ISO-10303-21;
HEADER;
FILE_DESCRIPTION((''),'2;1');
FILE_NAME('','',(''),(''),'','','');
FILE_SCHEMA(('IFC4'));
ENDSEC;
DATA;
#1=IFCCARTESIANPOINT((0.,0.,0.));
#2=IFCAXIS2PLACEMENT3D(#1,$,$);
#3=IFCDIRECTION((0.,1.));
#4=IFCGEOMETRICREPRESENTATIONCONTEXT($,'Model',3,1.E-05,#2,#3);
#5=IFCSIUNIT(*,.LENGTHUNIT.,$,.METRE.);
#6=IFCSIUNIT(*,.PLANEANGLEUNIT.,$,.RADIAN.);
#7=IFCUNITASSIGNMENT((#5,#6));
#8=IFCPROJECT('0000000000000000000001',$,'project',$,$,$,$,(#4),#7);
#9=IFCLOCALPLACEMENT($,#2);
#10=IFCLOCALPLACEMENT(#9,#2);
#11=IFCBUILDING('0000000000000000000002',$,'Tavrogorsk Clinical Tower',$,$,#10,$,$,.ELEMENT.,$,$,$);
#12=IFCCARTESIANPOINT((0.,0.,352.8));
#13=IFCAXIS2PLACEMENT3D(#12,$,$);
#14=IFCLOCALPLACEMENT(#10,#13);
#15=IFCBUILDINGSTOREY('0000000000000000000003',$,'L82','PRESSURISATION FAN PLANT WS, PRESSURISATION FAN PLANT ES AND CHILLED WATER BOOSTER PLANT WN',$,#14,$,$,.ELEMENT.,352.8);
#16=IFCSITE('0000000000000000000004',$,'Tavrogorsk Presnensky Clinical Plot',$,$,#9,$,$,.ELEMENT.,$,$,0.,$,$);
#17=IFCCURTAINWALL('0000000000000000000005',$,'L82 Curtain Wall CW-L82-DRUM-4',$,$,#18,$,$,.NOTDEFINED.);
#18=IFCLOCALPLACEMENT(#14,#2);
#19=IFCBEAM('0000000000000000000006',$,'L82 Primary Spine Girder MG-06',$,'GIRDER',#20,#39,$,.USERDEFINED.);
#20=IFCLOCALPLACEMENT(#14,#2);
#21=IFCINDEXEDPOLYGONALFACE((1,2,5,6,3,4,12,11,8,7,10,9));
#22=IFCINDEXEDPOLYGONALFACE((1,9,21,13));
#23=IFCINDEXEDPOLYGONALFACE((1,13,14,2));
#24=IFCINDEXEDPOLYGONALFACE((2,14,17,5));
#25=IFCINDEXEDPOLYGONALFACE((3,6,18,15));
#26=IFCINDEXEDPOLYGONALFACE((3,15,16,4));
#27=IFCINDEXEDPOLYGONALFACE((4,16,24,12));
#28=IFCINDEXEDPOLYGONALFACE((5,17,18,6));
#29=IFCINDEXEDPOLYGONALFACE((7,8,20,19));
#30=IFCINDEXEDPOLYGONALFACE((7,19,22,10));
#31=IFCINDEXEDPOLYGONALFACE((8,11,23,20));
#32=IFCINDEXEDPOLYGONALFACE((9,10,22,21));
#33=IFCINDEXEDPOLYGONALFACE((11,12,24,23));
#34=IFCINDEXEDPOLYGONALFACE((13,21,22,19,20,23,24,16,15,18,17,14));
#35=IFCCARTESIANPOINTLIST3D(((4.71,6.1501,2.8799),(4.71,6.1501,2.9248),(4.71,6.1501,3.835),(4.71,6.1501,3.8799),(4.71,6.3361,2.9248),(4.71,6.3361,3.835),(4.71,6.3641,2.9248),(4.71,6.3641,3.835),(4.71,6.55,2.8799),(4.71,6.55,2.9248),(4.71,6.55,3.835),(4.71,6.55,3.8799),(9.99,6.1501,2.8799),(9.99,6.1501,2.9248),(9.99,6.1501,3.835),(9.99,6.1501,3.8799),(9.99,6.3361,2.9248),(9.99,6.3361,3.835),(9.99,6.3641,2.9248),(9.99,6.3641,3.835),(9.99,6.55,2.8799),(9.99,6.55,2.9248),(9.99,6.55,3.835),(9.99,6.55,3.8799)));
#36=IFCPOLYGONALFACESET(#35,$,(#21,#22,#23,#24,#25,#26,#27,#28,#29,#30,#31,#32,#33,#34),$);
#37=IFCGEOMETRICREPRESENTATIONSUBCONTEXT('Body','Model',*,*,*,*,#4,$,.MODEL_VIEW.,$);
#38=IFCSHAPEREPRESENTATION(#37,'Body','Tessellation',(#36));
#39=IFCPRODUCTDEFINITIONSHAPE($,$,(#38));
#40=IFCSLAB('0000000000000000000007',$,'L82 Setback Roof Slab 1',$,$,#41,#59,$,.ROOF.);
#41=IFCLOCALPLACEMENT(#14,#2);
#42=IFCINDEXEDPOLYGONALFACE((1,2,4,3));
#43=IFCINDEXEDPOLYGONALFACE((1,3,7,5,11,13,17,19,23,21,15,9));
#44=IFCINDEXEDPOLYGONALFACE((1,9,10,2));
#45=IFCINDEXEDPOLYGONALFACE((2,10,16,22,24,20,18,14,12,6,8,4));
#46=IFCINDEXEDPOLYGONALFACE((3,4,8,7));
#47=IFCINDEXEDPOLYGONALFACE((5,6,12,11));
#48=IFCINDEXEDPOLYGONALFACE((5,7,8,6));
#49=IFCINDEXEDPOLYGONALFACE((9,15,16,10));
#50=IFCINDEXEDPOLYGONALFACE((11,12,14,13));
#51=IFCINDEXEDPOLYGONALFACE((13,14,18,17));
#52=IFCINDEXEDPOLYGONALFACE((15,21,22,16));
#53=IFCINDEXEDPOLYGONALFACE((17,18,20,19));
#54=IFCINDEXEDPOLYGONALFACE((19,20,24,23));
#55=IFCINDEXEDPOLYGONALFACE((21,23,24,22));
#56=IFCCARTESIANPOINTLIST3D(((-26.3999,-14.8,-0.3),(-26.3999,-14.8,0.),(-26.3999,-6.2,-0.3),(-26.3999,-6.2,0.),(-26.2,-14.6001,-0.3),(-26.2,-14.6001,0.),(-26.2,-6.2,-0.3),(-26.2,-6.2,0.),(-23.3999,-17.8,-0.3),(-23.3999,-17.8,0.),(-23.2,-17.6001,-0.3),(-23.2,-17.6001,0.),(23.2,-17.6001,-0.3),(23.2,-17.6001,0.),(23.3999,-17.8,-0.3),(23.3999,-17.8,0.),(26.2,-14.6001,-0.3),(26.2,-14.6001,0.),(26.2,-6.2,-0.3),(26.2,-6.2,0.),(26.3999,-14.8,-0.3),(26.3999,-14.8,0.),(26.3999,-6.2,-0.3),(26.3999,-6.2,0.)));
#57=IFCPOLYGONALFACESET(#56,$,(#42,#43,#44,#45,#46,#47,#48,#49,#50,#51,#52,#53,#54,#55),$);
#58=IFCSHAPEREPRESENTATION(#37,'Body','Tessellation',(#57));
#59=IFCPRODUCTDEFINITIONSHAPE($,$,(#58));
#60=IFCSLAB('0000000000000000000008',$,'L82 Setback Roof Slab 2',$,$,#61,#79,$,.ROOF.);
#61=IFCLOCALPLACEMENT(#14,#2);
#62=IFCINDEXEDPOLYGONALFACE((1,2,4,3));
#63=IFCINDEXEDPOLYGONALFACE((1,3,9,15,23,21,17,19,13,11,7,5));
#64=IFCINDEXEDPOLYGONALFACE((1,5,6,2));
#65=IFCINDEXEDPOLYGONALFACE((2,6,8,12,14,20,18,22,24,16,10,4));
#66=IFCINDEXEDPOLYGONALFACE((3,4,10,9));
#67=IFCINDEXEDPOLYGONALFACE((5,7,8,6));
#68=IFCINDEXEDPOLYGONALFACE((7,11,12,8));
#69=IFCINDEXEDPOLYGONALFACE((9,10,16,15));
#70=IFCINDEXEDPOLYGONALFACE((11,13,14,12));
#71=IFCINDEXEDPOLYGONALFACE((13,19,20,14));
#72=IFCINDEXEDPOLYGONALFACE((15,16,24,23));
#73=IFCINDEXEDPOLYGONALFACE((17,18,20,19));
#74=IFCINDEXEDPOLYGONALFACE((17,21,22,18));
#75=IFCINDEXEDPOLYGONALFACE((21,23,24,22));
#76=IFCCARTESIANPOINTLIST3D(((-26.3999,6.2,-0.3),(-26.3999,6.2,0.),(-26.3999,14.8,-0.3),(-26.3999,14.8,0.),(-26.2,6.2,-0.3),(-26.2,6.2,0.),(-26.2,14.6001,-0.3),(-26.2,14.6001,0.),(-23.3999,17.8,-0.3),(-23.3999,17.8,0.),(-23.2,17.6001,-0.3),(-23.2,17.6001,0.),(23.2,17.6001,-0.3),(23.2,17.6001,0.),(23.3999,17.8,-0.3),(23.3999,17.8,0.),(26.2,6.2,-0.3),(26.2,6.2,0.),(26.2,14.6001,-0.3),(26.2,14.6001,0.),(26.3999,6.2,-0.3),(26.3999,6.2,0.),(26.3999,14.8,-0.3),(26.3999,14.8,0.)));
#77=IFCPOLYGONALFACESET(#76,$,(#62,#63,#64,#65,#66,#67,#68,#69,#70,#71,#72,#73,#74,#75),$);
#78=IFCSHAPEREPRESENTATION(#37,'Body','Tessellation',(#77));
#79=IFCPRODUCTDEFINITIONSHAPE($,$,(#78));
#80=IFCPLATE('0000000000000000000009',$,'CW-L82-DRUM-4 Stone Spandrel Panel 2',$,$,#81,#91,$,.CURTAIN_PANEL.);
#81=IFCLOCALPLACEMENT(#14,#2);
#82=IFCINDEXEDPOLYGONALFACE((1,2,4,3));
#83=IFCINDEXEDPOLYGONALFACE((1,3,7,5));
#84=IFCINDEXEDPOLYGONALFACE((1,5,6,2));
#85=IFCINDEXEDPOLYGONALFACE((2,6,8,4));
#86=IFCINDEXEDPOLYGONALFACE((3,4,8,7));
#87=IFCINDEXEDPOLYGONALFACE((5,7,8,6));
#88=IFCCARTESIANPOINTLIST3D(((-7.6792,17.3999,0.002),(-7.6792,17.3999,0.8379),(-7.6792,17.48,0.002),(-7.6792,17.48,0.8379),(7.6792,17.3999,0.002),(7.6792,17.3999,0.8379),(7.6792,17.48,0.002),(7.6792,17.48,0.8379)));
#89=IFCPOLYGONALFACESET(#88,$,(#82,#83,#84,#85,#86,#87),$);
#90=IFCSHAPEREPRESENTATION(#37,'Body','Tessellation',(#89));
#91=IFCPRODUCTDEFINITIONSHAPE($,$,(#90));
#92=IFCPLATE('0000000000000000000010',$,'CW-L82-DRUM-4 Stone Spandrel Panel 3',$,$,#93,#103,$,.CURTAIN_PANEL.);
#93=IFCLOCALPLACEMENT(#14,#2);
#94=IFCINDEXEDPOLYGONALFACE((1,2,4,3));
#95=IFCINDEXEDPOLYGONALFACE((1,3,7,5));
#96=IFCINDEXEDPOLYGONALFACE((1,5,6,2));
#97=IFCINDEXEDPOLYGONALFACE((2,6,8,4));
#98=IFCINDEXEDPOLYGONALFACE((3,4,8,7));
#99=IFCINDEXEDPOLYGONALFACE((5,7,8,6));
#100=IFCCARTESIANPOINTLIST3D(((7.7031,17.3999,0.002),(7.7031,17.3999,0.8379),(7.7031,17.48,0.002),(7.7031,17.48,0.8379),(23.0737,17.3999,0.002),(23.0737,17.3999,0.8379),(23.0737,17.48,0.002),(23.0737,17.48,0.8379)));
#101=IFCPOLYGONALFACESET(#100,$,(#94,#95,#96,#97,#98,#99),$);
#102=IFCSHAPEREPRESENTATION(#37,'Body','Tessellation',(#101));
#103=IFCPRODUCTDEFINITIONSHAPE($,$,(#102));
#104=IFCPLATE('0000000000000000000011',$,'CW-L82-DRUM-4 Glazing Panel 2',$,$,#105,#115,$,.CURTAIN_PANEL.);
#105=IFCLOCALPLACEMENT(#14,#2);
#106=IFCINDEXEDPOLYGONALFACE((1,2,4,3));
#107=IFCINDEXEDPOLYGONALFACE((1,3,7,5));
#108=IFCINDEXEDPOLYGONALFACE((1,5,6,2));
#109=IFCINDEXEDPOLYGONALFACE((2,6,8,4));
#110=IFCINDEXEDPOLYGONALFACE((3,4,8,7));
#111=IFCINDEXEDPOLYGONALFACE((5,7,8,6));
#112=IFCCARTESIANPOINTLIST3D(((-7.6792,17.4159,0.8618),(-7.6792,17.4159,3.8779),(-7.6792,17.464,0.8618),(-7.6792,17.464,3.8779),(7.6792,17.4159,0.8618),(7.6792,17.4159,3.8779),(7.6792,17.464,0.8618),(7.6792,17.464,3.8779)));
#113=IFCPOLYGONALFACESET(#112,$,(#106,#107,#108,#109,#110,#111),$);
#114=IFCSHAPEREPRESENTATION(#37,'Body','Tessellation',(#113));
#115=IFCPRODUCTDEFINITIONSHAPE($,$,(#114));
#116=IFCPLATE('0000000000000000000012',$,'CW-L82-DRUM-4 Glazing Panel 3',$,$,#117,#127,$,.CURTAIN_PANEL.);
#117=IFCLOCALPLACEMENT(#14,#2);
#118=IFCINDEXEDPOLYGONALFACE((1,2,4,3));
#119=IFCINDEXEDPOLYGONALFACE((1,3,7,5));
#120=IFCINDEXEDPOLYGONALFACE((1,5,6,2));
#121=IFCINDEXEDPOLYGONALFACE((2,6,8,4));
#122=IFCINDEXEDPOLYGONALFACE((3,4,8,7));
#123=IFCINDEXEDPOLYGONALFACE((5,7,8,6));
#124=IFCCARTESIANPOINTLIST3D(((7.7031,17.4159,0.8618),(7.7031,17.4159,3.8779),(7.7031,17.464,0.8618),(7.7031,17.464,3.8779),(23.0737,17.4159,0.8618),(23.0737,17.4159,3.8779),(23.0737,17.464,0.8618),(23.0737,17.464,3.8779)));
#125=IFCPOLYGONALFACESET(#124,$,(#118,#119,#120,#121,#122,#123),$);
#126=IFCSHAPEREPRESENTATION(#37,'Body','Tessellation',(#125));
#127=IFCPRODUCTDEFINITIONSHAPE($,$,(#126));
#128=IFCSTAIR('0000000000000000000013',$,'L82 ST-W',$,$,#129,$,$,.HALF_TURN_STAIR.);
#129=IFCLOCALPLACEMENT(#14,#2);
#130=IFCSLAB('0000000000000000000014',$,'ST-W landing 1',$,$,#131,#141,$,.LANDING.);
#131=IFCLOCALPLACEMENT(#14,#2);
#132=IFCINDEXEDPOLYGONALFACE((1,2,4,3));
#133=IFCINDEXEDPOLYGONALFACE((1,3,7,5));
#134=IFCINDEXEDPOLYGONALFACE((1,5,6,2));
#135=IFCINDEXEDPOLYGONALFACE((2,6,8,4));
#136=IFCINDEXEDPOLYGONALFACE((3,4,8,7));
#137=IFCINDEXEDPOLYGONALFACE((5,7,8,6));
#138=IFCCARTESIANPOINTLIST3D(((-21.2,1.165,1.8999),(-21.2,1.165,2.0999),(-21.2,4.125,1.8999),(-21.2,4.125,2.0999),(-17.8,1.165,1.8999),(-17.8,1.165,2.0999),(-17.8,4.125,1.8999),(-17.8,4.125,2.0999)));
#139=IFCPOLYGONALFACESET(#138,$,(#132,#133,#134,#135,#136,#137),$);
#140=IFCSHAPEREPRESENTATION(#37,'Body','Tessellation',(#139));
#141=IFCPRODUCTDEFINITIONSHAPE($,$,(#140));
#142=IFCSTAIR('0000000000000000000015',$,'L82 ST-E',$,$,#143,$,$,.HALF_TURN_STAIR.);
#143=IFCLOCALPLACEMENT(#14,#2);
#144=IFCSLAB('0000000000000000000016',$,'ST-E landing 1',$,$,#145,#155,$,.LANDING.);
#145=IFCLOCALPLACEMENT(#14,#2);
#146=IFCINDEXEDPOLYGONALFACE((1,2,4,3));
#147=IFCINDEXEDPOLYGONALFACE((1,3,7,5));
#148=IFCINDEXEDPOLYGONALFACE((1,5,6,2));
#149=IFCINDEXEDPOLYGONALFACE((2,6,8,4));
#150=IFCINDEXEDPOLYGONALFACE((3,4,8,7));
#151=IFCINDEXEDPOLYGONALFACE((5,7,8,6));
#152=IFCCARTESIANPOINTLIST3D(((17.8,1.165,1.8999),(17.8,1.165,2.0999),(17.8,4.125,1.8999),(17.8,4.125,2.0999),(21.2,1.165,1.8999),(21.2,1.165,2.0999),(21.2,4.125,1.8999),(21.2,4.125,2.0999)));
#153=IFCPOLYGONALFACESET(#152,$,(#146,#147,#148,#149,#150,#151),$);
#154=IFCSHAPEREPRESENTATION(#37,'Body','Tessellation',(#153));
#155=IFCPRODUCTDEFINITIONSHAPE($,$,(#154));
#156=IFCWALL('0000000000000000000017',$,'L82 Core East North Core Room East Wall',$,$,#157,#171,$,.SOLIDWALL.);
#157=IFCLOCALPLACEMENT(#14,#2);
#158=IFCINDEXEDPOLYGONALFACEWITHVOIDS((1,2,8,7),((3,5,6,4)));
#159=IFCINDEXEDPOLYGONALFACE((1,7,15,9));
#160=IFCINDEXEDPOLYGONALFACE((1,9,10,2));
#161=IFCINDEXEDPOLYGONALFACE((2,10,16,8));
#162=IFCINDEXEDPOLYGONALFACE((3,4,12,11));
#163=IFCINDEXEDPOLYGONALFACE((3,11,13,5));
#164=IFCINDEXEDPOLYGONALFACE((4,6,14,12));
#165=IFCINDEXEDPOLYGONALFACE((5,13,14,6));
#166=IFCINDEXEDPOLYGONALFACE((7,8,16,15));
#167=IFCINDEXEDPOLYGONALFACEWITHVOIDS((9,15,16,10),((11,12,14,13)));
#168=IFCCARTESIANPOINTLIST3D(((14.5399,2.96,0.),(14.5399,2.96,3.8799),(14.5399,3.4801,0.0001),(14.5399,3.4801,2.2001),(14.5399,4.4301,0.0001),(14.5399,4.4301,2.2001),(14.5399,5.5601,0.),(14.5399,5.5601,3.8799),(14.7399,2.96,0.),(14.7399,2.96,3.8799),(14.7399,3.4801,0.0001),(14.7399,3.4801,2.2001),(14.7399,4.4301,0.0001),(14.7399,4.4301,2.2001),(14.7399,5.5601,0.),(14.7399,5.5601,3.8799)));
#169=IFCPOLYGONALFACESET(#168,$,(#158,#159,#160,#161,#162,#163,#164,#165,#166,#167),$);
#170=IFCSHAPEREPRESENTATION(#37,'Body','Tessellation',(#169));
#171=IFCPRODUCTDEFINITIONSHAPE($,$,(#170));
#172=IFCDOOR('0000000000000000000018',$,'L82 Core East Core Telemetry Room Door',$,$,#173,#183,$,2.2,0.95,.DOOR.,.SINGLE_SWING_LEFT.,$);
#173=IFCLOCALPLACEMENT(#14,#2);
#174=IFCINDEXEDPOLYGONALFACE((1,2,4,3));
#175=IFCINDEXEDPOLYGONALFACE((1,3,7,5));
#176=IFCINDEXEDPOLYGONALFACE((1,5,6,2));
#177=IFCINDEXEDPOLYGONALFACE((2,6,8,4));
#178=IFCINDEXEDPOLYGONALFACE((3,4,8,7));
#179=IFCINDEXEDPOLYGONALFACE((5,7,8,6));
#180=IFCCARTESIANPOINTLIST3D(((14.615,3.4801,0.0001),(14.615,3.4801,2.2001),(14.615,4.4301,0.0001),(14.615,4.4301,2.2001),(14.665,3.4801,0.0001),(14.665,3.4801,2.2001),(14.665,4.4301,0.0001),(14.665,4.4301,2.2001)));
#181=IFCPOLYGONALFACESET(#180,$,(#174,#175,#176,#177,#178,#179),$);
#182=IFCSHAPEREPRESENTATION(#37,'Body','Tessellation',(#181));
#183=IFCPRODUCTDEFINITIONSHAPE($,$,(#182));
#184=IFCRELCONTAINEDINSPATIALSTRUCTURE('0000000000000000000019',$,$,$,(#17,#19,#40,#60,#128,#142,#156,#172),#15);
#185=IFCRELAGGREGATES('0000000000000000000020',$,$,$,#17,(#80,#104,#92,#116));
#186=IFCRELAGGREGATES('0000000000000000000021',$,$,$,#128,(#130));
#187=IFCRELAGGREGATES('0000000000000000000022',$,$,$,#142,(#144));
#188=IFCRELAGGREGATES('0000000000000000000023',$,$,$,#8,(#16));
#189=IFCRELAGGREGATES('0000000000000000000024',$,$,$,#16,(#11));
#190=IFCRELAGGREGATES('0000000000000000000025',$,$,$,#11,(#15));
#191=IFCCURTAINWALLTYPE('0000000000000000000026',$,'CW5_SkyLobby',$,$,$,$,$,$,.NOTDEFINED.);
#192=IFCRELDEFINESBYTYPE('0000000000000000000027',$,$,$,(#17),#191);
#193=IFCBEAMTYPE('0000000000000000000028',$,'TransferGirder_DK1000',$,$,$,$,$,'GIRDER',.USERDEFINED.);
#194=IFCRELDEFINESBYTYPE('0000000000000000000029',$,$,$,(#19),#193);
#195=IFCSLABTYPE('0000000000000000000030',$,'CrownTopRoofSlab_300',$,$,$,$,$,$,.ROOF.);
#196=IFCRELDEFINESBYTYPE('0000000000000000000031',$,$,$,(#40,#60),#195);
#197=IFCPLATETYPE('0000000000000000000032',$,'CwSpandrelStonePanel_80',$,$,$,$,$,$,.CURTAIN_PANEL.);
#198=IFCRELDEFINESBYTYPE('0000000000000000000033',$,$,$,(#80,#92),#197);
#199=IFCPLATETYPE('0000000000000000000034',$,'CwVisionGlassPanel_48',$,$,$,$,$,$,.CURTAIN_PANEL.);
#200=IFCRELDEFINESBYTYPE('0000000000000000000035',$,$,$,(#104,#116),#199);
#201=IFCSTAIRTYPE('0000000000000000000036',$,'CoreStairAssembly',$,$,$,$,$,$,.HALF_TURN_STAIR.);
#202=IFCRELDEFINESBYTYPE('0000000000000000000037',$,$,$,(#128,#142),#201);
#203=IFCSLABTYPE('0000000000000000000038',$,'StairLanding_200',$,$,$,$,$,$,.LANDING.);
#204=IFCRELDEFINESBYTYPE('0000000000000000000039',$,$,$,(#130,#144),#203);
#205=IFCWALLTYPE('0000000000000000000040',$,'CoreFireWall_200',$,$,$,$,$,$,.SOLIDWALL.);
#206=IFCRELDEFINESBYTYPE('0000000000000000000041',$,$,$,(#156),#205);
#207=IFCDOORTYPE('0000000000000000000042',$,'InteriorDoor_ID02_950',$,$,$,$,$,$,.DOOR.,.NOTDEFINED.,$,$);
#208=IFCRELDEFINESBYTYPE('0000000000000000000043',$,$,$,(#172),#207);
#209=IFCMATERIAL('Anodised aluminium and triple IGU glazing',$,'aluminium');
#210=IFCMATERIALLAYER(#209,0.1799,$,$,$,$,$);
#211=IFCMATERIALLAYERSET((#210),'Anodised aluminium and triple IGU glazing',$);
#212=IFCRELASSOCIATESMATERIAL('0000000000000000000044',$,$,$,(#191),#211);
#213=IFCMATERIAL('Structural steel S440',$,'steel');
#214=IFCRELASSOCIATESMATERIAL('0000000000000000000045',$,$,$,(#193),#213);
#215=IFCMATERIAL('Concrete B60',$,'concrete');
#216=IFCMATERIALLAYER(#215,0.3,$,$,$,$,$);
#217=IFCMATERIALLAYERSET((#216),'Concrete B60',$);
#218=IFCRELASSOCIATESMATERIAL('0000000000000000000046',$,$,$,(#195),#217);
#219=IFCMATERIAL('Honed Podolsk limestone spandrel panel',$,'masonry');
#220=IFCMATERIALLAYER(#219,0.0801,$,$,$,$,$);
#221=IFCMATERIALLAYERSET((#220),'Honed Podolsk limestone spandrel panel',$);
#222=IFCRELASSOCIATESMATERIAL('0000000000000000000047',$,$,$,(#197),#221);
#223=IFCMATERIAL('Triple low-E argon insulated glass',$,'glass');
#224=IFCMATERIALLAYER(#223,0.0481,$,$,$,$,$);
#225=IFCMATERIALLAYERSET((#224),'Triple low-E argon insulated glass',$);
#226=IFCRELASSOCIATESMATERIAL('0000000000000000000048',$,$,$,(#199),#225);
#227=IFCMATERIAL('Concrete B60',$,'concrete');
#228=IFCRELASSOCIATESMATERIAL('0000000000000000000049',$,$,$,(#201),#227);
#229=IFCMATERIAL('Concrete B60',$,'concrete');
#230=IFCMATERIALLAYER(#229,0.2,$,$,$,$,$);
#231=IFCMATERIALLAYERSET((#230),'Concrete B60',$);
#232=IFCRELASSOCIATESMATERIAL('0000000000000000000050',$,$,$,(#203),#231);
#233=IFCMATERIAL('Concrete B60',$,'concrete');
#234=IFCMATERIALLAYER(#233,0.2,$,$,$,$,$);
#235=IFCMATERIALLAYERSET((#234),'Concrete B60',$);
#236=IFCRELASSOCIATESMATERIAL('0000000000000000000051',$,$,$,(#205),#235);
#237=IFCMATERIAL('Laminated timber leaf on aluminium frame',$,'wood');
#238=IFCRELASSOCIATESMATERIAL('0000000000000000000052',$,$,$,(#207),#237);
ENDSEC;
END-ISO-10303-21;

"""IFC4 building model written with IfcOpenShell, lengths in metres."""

from ifc_helpers import new_model, si_unit, direction, frame, frame_2d, origin, origin_2d, place, context, subcontext, project, spatial, polyline, rectangle, i_section, outline, extrude, material, layer, layer_set, material_profile, profile_set, type_object, element, fill, aggregate, save


model = new_model("IFC4")

# Units and contexts
model_context = context("Model", 3, precision=1e-05, world=origin(), true_north=direction((0.0, 1.0)))
body_context = subcontext(model_context, "Body", "Model", "MODEL_VIEW")
ifc_project = project(units=[si_unit("LENGTHUNIT", "METRE"), si_unit("PLANEANGLEUNIT", "RADIAN")], contexts=[model_context])

# Site, building, storey
site_placement = place(None, origin())
site = spatial("IfcSite", under=ifc_project, at=site_placement, Name="Tavrogorsk Presnensky Clinical Plot", CompositionType="ELEMENT", RefElevation=0.0)
building_placement = place(site_placement, origin())
building = spatial("IfcBuilding", under=site, at=building_placement, Name="Tavrogorsk Clinical Tower", CompositionType="ELEMENT")
storey_placement = place(building_placement, frame((0.0, 0.0, 352.8)))
storey = spatial("IfcBuildingStorey", under=building, at=storey_placement, Name="L82", Description="PRESSURISATION FAN PLANT WS, PRESSURISATION FAN PLANT ES AND CHILLED WATER BOOSTER PLANT WN", CompositionType="ELEMENT", Elevation=352.8)

# Curtain wall
ifc_material_1 = material(Name="Anodised aluminium and triple IGU glazing", Category="aluminium")
ifc_layer_1 = layer(ifc_material_1, 0.1799)
ifc_layer_set_1 = layer_set([ifc_layer_1], Name="Anodised aluminium and triple IGU glazing")
curtain_wall_type = type_object("IfcCurtainWallType", Name="CW5_SkyLobby", PredefinedType="NOTDEFINED", material=ifc_layer_set_1)
curtain_wall_placement = place(storey_placement, origin())
curtain_wall = element("IfcCurtainWall", 1, at=curtain_wall_placement, inside=storey, type_object=curtain_wall_type, Name="L82 Curtain Wall CW-L82-DRUM-4", PredefinedType="NOTDEFINED")

# Beam
ifc_material_2 = material(Name="Structural steel S440", Category="steel")
ifc_material_profile_1 = material_profile(ifc_material_2, i_section(OverallWidth=0.3999, OverallDepth=1.0, WebThickness=0.0281, FlangeThickness=0.0449, at=origin_2d()), Name="DK-1000x400x28x45")
ifc_profile_set_1 = profile_set([ifc_material_profile_1], Name="Structural steel S440")
beam_type_1 = type_object("IfcBeamType", Name="TransferGirder_DK1000", ElementType="GIRDER", PredefinedType="USERDEFINED", material=ifc_profile_set_1)
beam_1_placement = place(storey_placement, frame((4.71, 6.3501, 3.3799), z_axis=(1.0, 0.0, 0.0), x_axis=(0.0, 1.0, 0.0)))
element("IfcBeam", 2, at=beam_1_placement, inside=storey, type_object=beam_type_1, Name="L82 Primary Spine Girder MG-06", ObjectType="GIRDER", PredefinedType="USERDEFINED", context=body_context, shape_type="SweptSolid", body=[
    extrude(i_section(OverallWidth=0.3999, OverallDepth=1.0, WebThickness=0.0281, FlangeThickness=0.0449, at=origin_2d()), origin(), (0.0, 0.0, 1.0), 5.28),
])

# Slabs
ifc_material_3 = material(Name="Concrete B60", Category="concrete")
ifc_layer_2 = layer(ifc_material_3, 0.3)
ifc_layer_set_2 = layer_set([ifc_layer_2], Name="Concrete B60")
slab_type_1 = type_object("IfcSlabType", Name="CrownTopRoofSlab_300", PredefinedType="ROOF", material=ifc_layer_set_2)
slab_1_placement = place(storey_placement, frame((0.0, 0.0, -0.3)))
element("IfcSlab", 3, at=slab_1_placement, inside=storey, type_object=slab_type_1, Name="L82 Setback Roof Slab 1", PredefinedType="ROOF", context=body_context, shape_type="SweptSolid", body=[
    extrude(outline(polyline([(-26.3999, -6.2), (-26.2, -6.2), (-26.2, -14.6001), (-23.2, -17.6001), (23.2, -17.6001), (26.2, -14.6001), (26.2, -6.2), (26.3999, -6.2), (26.3999, -14.8), (23.3999, -17.8), (-23.3999, -17.8), (-26.3999, -14.8), (-26.3999, -6.2)])), origin(), (0.0, 0.0, 1.0), 0.3),
])
slab_2_placement = place(storey_placement, frame((0.0, 0.0, -0.3)))
element("IfcSlab", 4, at=slab_2_placement, inside=storey, type_object=slab_type_1, Name="L82 Setback Roof Slab 2", PredefinedType="ROOF", context=body_context, shape_type="SweptSolid", body=[
    extrude(outline(polyline([(-26.3999, 14.8), (-23.3999, 17.8), (23.3999, 17.8), (26.3999, 14.8), (26.3999, 6.2), (26.2, 6.2), (26.2, 14.6001), (23.2, 17.6001), (-23.2, 17.6001), (-26.2, 14.6001), (-26.2, 6.2), (-26.3999, 6.2), (-26.3999, 14.8)])), origin(), (0.0, 0.0, 1.0), 0.3),
])

# Plates
ifc_material_4 = material(Name="Honed Podolsk limestone spandrel panel", Category="masonry")
ifc_layer_3 = layer(ifc_material_4, 0.0801)
ifc_layer_set_3 = layer_set([ifc_layer_3], Name="Honed Podolsk limestone spandrel panel")
plate_type_1 = type_object("IfcPlateType", Name="CwSpandrelStonePanel_80", PredefinedType="CURTAIN_PANEL", material=ifc_layer_set_3)
plate_1_placement = place(storey_placement, frame((0.0, 17.4399, 0.002), z_axis=(0.0, 0.0, 1.0), x_axis=(1.0, 0.0, 0.0)))
plate_1 = element("IfcPlate", 5, at=plate_1_placement, type_object=plate_type_1, Name="CW-L82-DRUM-4 Stone Spandrel Panel 2", PredefinedType="CURTAIN_PANEL", context=body_context, shape_type="SweptSolid", body=[
    extrude(rectangle(XDim=15.3584, YDim=0.0801, at=origin_2d()), origin(), (0.0, 0.0, 1.0), 0.8359),
])
plate_2_placement = place(storey_placement, frame((15.3884, 17.4399, 0.002), z_axis=(0.0, 0.0, 1.0), x_axis=(1.0, 0.0, 0.0)))
plate_2 = element("IfcPlate", 6, at=plate_2_placement, type_object=plate_type_1, Name="CW-L82-DRUM-4 Stone Spandrel Panel 3", PredefinedType="CURTAIN_PANEL", context=body_context, shape_type="SweptSolid", body=[
    extrude(rectangle(XDim=15.3706, YDim=0.0801, at=origin_2d()), origin(), (0.0, 0.0, 1.0), 0.8359),
])
ifc_material_5 = material(Name="Triple low-E argon insulated glass", Category="glass")
ifc_layer_4 = layer(ifc_material_5, 0.0481)
ifc_layer_set_4 = layer_set([ifc_layer_4], Name="Triple low-E argon insulated glass")
plate_type_2 = type_object("IfcPlateType", Name="CwVisionGlassPanel_48", PredefinedType="CURTAIN_PANEL", material=ifc_layer_set_4)
plate_3_placement = place(storey_placement, frame((0.0, 17.4399, 0.8618), z_axis=(0.0, 0.0, 1.0), x_axis=(1.0, 0.0, 0.0)))
plate_3 = element("IfcPlate", 7, at=plate_3_placement, type_object=plate_type_2, Name="CW-L82-DRUM-4 Glazing Panel 2", PredefinedType="CURTAIN_PANEL", context=body_context, shape_type="SweptSolid", body=[
    extrude(rectangle(XDim=15.3584, YDim=0.0481, at=origin_2d()), origin(), (0.0, 0.0, 1.0), 3.0161),
])
plate_4_placement = place(storey_placement, frame((15.3884, 17.4399, 0.8618), z_axis=(0.0, 0.0, 1.0), x_axis=(1.0, 0.0, 0.0)))
plate_4 = element("IfcPlate", 8, at=plate_4_placement, type_object=plate_type_2, Name="CW-L82-DRUM-4 Glazing Panel 3", PredefinedType="CURTAIN_PANEL", context=body_context, shape_type="SweptSolid", body=[
    extrude(rectangle(XDim=15.3706, YDim=0.0481, at=origin_2d()), origin(), (0.0, 0.0, 1.0), 3.0161),
])
aggregate(curtain_wall, [plate_1, plate_3, plate_2, plate_4])

# Stairs, slabs
ifc_material_6 = material(Name="Concrete B60", Category="concrete")
stair_type = type_object("IfcStairType", Name="CoreStairAssembly", PredefinedType="HALF_TURN_STAIR", material=ifc_material_6)
stair_1_placement = place(storey_placement, origin())
stair_1 = element("IfcStair", 9, at=stair_1_placement, inside=storey, type_object=stair_type, Name="L82 ST-W", PredefinedType="HALF_TURN_STAIR")
ifc_material_7 = material(Name="Concrete B60", Category="concrete")
ifc_layer_5 = layer(ifc_material_7, 0.2)
ifc_layer_set_5 = layer_set([ifc_layer_5], Name="Concrete B60")
slab_type_2 = type_object("IfcSlabType", Name="StairLanding_200", PredefinedType="LANDING", material=ifc_layer_set_5)
slab_3_placement = place(storey_placement, frame((0.0, 0.0, 1.8999)))
slab_3 = element("IfcSlab", 10, at=slab_3_placement, type_object=slab_type_2, Name="ST-W landing 1", PredefinedType="LANDING", context=body_context, shape_type="SweptSolid", body=[
    extrude(outline(polyline([(-17.8, 1.165), (-17.8, 4.125), (-21.2, 4.125), (-21.2, 1.165), (-17.8, 1.165)])), origin(), (0.0, 0.0, 1.0), 0.2),
])
aggregate(stair_1, [slab_3])
stair_2_placement = place(storey_placement, origin())
stair_2 = element("IfcStair", 11, at=stair_2_placement, inside=storey, type_object=stair_type, Name="L82 ST-E", PredefinedType="HALF_TURN_STAIR")
slab_4_placement = place(storey_placement, frame((0.0, 0.0, 1.8999)))
slab_4 = element("IfcSlab", 12, at=slab_4_placement, type_object=slab_type_2, Name="ST-E landing 1", PredefinedType="LANDING", context=body_context, shape_type="SweptSolid", body=[
    extrude(outline(polyline([(21.2, 1.165), (21.2, 4.125), (17.8, 4.125), (17.8, 1.165), (21.2, 1.165)])), origin(), (0.0, 0.0, 1.0), 0.2),
])
aggregate(stair_2, [slab_4])

# Wall, opening, door
ifc_material_8 = material(Name="Concrete B60", Category="concrete")
ifc_layer_6 = layer(ifc_material_8, 0.2)
ifc_layer_set_6 = layer_set([ifc_layer_6], Name="Concrete B60")
wall_type_1 = type_object("IfcWallType", Name="CoreFireWall_200", PredefinedType="SOLIDWALL", material=ifc_layer_set_6)
wall_1_placement = place(storey_placement, frame((14.6399, 2.96, 0.0), z_axis=(0.0, 0.0, 1.0), x_axis=(0.0, 1.0, 0.0)))
wall_1 = element("IfcWall", 13, at=wall_1_placement, inside=storey, type_object=wall_type_1, Name="L82 Core East North Core Room East Wall", PredefinedType="SOLIDWALL", context=body_context, shape_type="SweptSolid", body=[
    extrude(rectangle(XDim=2.6001, YDim=0.2, at=frame_2d((1.3, 0.0))), origin(), (0.0, 0.0, 1.0), 3.8799),
])
opening_1_placement = place(wall_1_placement, frame((0.52, 0.0, 0.0)))
opening_1 = element("IfcOpeningElement", 14, at=opening_1_placement, cuts=wall_1, PredefinedType="OPENING", context=body_context, shape_type="SweptSolid", body=[
    extrude(rectangle(XDim=0.95, YDim=2.2, at=frame_2d((0.4751, 1.1001))), frame((0.0, 0.1099, 0.0), z_axis=(0.0, -1.0, 0.0), x_axis=(1.0, 0.0, 0.0)), (0.0, 0.0, 1.0), 0.22),
])
ifc_material_9 = material(Name="Laminated timber leaf on aluminium frame", Category="wood")
door_type_1 = type_object("IfcDoorType", Name="InteriorDoor_ID02_950", OperationType="NOTDEFINED", PredefinedType="DOOR", material=ifc_material_9)
door_1_placement = place(opening_1_placement, origin())
door_1 = element("IfcDoor", 15, at=door_1_placement, inside=storey, type_object=door_type_1, Name="L82 Core East Core Telemetry Room Door", OperationType="SINGLE_SWING_LEFT", OverallHeight=2.2, OverallWidth=0.95, PredefinedType="DOOR", context=body_context, shape_type="SweptSolid", body=[
    extrude(rectangle(XDim=0.95, YDim=2.2, at=frame_2d((0.4751, 1.1001))), frame((0.0, 0.0249, 0.0), z_axis=(0.0, -1.0, 0.0), x_axis=(1.0, 0.0, 0.0)), (0.0, 0.0, 1.0), 0.05),
])
fill(opening_1, door_1)

save(model, "model.ifc")
